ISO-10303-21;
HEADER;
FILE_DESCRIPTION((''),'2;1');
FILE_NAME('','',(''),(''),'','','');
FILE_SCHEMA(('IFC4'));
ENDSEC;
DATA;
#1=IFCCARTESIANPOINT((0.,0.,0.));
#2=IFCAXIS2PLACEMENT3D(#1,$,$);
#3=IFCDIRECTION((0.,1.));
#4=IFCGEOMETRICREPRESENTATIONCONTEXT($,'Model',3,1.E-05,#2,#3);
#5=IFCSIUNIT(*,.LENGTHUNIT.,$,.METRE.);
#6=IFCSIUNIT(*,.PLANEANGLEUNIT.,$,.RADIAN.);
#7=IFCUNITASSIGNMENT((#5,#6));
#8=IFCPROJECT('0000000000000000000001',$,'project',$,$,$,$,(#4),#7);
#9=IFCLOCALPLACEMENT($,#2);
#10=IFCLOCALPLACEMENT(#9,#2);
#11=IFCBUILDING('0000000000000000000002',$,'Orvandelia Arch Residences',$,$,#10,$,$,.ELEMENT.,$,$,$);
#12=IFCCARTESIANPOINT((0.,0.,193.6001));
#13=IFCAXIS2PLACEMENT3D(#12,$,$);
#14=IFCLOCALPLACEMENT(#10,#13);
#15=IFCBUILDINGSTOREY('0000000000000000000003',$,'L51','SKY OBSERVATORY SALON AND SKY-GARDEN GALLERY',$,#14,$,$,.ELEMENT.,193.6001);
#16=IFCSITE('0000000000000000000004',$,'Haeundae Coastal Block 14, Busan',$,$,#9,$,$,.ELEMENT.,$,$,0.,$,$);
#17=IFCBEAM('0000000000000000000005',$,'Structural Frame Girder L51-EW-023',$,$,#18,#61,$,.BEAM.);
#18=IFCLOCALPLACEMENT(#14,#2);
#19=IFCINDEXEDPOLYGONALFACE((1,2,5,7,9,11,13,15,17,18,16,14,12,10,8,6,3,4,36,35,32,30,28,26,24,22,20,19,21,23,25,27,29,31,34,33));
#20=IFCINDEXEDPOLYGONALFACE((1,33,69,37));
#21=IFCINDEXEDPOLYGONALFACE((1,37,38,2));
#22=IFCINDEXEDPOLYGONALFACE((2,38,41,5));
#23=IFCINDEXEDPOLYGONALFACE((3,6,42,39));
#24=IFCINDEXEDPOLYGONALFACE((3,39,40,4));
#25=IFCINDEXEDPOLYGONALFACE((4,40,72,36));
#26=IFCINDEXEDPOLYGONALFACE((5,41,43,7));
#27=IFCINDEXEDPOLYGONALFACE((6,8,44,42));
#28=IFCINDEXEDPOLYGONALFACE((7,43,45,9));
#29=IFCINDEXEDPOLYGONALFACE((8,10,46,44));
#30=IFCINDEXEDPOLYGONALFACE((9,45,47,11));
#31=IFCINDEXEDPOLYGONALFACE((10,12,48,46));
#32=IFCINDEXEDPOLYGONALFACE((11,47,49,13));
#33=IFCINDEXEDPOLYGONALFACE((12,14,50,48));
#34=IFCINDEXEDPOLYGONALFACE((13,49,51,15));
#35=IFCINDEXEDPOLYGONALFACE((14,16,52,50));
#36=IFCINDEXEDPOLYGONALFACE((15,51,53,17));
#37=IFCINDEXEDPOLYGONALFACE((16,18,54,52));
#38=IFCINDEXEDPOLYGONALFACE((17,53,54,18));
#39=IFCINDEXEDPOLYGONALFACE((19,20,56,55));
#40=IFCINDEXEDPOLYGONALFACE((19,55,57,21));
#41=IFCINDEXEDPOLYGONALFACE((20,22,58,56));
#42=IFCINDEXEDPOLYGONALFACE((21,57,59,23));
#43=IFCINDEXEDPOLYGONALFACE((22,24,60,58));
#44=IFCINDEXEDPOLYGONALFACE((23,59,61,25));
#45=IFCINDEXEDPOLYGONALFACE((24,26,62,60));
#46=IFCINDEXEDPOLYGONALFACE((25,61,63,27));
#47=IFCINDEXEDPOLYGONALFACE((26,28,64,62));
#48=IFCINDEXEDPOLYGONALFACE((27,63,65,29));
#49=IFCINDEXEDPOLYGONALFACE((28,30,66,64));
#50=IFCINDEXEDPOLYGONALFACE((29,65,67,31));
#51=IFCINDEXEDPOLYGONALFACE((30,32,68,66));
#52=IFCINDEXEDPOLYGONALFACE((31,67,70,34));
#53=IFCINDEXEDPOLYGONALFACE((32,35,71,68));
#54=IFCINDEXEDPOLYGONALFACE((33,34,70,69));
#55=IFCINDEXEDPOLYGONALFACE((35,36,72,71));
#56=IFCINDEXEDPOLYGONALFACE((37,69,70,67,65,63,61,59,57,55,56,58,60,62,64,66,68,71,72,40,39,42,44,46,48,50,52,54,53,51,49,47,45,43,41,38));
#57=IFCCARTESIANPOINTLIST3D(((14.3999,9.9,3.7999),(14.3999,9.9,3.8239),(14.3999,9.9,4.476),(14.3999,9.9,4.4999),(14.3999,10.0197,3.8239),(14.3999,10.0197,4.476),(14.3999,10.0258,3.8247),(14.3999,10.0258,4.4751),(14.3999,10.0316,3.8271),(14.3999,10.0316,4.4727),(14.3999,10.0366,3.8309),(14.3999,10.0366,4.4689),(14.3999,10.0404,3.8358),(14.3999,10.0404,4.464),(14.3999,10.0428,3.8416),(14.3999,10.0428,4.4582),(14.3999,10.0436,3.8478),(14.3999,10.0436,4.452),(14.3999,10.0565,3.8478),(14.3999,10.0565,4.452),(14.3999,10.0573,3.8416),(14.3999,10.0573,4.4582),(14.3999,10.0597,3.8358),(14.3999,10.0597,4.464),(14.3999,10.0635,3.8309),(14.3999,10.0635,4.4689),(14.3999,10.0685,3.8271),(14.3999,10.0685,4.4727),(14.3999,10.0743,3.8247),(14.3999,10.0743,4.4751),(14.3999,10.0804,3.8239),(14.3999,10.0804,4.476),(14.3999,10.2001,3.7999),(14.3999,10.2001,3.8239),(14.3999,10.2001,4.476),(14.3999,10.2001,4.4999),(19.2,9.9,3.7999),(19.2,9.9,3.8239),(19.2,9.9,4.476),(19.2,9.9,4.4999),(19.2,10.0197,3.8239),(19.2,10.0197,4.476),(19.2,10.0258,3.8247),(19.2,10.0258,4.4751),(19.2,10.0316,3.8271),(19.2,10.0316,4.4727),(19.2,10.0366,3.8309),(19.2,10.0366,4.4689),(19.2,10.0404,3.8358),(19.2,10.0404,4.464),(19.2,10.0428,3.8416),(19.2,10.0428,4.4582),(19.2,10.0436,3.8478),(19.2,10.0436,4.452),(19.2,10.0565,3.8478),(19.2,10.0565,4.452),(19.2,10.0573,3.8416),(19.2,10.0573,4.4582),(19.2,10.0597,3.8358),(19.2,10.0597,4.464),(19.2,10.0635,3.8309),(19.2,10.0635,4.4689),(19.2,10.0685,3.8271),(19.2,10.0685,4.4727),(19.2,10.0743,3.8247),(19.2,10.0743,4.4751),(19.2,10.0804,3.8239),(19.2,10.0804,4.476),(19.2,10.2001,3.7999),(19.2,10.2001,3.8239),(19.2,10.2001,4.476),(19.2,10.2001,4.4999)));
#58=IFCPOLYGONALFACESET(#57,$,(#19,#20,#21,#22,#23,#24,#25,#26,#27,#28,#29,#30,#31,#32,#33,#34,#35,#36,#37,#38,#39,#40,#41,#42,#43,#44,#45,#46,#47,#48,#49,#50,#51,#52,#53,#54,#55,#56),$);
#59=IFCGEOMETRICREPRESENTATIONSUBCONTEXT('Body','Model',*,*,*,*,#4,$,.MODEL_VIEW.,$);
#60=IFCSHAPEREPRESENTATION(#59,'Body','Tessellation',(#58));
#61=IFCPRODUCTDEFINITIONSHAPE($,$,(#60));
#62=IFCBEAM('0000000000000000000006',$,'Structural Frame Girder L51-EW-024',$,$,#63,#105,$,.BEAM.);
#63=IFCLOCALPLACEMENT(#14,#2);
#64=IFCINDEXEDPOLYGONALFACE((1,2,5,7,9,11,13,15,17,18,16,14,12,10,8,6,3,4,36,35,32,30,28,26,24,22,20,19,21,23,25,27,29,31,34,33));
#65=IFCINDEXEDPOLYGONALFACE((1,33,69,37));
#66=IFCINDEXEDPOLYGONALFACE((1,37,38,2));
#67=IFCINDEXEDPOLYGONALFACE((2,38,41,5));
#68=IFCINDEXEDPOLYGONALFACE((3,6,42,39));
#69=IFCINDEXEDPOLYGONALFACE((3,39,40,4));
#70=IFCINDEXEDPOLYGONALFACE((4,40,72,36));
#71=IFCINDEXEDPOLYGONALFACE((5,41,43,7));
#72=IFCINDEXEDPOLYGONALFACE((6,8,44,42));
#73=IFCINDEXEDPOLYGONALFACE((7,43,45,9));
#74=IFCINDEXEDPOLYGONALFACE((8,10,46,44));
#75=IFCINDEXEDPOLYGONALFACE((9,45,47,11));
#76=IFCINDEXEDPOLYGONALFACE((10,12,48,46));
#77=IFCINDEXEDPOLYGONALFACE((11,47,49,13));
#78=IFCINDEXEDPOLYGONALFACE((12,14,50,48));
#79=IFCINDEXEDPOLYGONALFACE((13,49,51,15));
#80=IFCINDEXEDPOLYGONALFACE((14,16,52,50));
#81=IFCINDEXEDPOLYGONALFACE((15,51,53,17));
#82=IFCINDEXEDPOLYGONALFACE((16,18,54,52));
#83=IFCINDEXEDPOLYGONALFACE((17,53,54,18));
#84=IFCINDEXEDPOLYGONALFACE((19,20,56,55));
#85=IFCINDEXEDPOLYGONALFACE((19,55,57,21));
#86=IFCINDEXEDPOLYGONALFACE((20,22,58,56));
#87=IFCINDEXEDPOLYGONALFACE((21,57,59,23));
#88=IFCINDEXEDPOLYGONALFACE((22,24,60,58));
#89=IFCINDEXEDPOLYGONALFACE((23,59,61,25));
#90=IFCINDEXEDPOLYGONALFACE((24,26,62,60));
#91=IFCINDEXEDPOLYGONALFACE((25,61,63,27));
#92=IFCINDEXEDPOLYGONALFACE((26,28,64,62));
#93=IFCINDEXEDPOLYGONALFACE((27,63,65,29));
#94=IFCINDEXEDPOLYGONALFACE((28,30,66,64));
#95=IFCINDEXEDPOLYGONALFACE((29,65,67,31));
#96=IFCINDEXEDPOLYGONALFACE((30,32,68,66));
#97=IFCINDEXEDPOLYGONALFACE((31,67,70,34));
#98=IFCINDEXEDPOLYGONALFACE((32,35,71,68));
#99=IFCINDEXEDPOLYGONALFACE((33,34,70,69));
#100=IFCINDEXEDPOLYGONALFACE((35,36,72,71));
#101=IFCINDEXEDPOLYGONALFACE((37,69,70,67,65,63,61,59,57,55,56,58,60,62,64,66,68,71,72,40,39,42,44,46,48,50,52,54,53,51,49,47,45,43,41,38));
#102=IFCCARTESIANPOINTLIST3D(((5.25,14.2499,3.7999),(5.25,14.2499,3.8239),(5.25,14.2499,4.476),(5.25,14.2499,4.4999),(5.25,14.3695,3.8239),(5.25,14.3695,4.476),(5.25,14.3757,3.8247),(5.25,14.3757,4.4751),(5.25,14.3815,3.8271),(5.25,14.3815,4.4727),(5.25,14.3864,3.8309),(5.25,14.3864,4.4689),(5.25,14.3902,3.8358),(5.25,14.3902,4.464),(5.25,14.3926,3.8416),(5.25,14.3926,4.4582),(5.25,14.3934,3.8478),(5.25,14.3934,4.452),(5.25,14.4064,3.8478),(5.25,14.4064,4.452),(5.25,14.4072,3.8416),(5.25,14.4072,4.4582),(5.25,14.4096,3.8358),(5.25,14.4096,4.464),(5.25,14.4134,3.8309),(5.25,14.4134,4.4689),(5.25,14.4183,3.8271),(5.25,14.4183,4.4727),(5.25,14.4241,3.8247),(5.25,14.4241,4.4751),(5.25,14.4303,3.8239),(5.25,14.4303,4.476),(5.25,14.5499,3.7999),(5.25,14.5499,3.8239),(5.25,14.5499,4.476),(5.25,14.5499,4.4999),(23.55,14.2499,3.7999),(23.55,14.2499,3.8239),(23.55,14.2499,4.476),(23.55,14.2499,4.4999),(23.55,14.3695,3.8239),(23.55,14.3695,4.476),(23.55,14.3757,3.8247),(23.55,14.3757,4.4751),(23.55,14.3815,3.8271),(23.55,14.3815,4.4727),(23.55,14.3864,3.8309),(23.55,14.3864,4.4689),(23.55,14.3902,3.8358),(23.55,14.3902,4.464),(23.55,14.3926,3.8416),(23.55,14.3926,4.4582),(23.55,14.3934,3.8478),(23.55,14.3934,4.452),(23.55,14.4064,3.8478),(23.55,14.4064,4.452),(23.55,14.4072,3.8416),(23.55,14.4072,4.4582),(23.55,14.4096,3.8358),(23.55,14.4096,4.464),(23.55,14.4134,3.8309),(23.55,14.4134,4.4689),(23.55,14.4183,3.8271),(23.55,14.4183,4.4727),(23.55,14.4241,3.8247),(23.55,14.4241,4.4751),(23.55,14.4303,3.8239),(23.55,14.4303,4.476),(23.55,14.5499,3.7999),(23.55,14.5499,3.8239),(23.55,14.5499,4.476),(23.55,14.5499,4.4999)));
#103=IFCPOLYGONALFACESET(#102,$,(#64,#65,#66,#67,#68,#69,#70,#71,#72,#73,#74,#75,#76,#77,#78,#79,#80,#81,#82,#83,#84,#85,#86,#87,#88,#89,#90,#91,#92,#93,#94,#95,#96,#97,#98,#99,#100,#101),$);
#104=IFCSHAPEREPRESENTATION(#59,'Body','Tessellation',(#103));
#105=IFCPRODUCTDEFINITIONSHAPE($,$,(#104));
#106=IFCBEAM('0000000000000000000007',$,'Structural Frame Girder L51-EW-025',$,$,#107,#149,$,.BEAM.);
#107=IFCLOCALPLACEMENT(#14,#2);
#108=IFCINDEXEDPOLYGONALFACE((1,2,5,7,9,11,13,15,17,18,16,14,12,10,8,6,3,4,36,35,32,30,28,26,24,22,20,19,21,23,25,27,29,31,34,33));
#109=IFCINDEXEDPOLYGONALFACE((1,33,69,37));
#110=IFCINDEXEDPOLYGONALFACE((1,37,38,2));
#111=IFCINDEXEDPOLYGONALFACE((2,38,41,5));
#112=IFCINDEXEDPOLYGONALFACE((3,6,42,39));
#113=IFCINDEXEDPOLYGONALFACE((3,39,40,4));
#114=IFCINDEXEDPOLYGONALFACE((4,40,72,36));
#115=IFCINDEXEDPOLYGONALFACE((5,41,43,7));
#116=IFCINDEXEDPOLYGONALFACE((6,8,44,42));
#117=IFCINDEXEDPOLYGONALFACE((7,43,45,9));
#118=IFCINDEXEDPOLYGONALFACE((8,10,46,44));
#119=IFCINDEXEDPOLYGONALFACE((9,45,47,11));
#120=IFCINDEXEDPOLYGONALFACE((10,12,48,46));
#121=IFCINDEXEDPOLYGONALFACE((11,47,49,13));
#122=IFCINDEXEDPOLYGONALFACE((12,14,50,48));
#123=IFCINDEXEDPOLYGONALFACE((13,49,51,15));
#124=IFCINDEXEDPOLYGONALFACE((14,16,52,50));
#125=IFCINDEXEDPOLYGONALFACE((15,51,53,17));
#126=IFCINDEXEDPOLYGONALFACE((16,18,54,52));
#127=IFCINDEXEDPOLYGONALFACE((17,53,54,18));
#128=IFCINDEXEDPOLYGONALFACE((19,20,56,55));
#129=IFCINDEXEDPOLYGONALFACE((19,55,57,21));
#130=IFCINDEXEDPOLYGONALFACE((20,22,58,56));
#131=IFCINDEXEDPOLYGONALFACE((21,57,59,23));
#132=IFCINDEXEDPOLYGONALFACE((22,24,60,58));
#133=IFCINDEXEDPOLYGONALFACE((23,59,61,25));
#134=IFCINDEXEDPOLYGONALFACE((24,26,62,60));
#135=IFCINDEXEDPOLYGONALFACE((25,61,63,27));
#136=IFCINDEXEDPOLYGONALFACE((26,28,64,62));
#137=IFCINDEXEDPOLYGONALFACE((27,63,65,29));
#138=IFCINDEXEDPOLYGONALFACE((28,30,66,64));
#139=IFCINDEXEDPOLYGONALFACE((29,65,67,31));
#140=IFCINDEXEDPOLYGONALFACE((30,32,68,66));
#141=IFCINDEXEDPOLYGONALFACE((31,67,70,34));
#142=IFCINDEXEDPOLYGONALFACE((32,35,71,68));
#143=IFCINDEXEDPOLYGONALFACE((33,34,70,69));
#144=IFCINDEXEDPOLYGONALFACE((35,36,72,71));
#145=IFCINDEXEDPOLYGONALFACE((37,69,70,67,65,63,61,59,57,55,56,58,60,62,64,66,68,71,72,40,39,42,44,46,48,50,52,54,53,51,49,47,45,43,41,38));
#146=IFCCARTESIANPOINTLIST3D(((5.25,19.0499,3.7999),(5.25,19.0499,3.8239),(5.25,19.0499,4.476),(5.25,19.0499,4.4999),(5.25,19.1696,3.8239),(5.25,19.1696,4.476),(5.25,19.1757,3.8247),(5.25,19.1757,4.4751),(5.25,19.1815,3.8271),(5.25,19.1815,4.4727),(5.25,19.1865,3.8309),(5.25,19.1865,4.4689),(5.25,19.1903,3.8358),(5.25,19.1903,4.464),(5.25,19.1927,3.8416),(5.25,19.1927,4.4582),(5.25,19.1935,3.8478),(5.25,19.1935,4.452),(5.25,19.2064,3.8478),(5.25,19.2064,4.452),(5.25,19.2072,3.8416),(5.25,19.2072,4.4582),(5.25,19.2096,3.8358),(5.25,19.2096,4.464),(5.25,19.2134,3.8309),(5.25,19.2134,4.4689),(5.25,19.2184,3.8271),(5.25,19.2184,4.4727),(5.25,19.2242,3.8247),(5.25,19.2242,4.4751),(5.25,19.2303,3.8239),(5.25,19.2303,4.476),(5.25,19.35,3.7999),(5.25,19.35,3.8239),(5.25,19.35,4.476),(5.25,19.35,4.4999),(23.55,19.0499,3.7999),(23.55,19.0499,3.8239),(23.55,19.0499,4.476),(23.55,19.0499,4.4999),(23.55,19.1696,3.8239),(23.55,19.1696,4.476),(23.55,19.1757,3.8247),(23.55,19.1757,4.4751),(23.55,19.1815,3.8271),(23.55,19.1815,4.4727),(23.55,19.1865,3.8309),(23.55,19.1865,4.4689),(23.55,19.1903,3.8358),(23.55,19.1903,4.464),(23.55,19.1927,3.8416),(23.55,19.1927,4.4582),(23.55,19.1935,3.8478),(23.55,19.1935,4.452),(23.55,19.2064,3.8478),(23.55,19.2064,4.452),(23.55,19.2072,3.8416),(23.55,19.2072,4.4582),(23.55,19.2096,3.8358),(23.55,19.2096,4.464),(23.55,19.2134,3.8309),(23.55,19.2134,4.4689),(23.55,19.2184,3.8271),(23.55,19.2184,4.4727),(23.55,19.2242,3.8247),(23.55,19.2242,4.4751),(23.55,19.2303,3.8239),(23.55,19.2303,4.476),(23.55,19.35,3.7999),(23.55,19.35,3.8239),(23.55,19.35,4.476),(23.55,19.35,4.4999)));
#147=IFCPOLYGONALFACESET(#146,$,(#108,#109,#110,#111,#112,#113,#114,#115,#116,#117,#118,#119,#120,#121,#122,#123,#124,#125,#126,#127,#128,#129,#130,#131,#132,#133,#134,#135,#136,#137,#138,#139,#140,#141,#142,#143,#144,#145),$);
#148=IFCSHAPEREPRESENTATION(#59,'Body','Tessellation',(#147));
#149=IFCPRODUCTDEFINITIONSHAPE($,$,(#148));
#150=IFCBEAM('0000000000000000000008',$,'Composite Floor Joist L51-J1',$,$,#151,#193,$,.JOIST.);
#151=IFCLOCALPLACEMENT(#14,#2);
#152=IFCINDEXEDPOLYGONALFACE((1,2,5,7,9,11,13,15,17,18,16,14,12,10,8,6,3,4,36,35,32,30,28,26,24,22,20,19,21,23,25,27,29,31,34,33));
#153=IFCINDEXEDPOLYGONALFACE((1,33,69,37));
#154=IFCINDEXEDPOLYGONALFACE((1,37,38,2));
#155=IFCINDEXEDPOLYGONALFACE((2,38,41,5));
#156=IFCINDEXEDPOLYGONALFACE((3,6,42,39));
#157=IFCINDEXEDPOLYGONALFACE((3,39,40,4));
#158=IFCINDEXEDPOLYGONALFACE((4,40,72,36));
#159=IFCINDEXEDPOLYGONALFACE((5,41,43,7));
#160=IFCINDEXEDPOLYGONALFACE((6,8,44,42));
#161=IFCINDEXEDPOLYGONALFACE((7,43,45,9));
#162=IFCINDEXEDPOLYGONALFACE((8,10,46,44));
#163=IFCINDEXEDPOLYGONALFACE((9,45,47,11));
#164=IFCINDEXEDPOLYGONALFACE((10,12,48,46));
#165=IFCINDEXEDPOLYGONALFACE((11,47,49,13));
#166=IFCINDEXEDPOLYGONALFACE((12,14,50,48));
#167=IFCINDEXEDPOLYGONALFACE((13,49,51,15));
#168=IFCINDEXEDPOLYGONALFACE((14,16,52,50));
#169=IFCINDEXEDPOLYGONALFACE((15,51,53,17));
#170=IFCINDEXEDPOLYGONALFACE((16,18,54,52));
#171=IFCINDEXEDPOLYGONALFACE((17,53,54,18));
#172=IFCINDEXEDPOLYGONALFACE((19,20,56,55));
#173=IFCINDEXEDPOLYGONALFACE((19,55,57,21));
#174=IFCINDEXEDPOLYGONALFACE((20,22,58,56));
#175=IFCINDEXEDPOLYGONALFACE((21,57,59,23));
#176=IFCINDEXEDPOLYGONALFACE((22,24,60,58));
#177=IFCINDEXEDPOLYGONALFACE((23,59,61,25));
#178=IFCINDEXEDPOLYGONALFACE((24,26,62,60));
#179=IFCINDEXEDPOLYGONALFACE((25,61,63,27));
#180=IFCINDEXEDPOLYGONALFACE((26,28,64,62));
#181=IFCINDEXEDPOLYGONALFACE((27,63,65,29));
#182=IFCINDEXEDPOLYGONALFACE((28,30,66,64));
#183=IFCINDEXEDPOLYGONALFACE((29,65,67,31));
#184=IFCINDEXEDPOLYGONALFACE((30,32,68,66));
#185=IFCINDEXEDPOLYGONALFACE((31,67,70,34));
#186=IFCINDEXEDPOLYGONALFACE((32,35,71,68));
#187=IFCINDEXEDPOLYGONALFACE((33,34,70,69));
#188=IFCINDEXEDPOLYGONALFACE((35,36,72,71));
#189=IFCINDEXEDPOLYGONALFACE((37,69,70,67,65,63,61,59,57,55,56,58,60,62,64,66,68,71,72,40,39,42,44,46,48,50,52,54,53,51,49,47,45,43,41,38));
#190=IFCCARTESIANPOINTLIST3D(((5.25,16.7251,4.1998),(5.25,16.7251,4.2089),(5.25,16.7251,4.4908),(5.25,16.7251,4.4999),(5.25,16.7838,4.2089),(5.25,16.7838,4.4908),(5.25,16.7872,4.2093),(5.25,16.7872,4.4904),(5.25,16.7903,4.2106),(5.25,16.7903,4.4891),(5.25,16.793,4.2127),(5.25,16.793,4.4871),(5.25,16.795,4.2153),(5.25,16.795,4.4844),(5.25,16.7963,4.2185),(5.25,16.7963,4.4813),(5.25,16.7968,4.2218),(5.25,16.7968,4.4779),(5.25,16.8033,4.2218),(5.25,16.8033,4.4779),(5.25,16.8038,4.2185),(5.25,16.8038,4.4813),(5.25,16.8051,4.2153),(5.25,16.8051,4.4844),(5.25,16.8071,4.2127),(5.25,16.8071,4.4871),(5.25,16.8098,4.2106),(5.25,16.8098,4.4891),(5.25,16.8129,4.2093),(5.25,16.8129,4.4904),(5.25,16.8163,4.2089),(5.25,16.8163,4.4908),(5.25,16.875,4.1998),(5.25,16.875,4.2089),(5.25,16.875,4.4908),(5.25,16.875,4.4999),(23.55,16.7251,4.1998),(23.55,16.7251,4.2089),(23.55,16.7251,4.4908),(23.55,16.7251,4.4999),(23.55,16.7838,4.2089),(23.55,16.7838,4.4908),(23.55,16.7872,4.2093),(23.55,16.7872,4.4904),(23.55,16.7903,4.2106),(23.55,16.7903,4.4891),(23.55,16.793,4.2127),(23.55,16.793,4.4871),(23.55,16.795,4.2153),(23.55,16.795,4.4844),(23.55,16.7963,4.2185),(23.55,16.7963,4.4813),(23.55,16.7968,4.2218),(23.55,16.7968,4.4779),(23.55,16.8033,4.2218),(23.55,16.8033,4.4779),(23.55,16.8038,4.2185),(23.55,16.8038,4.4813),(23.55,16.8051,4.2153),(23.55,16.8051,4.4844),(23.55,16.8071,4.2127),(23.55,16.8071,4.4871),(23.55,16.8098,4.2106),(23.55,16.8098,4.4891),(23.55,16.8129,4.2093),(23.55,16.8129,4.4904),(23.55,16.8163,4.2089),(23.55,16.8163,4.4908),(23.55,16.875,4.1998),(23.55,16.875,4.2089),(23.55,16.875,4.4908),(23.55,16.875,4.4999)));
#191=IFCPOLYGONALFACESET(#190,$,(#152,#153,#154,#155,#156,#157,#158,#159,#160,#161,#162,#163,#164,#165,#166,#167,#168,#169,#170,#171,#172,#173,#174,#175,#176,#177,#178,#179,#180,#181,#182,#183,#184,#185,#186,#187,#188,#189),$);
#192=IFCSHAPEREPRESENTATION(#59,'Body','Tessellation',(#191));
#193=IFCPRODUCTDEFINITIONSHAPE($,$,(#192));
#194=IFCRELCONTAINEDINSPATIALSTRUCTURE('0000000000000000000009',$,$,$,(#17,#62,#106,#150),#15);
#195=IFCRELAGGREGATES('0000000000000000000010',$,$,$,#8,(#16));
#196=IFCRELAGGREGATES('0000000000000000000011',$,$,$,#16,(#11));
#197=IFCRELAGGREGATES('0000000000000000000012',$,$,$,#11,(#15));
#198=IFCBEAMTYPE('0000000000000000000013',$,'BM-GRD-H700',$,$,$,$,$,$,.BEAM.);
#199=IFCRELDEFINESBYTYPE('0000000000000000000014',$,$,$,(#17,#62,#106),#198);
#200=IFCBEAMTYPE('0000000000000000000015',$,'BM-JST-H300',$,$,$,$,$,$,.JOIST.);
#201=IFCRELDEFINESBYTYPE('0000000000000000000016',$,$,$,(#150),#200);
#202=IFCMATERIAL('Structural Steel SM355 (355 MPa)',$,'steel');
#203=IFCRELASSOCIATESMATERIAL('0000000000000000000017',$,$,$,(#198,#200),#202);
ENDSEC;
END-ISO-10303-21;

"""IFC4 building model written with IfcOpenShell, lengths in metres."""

from ifc_helpers import new_model, si_unit, direction, frame, origin, origin_2d, place, context, subcontext, project, spatial, i_section, extrude, material, material_profile, profile_set, type_object, element, save


model = new_model("IFC4")

# Units and contexts
model_context = context("Model", 3, precision=1e-05, world=origin(), true_north=direction((0.0, 1.0)))
body_context = subcontext(model_context, "Body", "Model", "MODEL_VIEW")
ifc_project = project(units=[si_unit("LENGTHUNIT", "METRE"), si_unit("PLANEANGLEUNIT", "RADIAN")], contexts=[model_context])

# Site, building, storey
site_placement = place(None, origin())
site = spatial("IfcSite", under=ifc_project, at=site_placement, Name="Haeundae Coastal Block 14, Busan", CompositionType="ELEMENT", RefElevation=0.0)
building_placement = place(site_placement, origin())
building = spatial("IfcBuilding", under=site, at=building_placement, Name="Orvandelia Arch Residences", CompositionType="ELEMENT")
storey_placement = place(building_placement, frame((0.0, 0.0, 193.6001)))
storey = spatial("IfcBuildingStorey", under=building, at=storey_placement, Name="L51", Description="SKY OBSERVATORY SALON AND SKY-GARDEN GALLERY", CompositionType="ELEMENT", Elevation=193.6001)

# Beams
ifc_material_1 = material(Name="Structural Steel SM355 (355 MPa)", Category="steel")
ifc_material_profile_1 = material_profile(ifc_material_1, i_section(OverallWidth=0.3, OverallDepth=0.7, WebThickness=0.0129, FlangeThickness=0.0239, FilletRadius=0.0239, at=origin_2d()), Name="Structural Steel SM355 (355 MPa)", Category="steel")
ifc_profile_set_1 = profile_set([ifc_material_profile_1], Name="Structural Steel SM355 (355 MPa)")
beam_type_1 = type_object("IfcBeamType", Name="BM-GRD-H700", PredefinedType="BEAM", material=ifc_profile_set_1)
beam_1_placement = place(storey_placement, frame((14.3999, 10.05, 4.1499), z_axis=(1.0, 0.0, 0.0), x_axis=(0.0, 1.0, 0.0)))
element("IfcBeam", 1, at=beam_1_placement, inside=storey, type_object=beam_type_1, Name="Structural Frame Girder L51-EW-023", PredefinedType="BEAM", context=body_context, shape_type="SweptSolid", body=[
    extrude(i_section(OverallWidth=0.3, OverallDepth=0.7, WebThickness=0.0129, FlangeThickness=0.0239, FilletRadius=0.0239, at=origin_2d()), origin(), (0.0, 0.0, 1.0), 4.8),
])
for number, where, z_axis, x_axis, name in (
    (2, (5.25, 14.3999, 4.1499), (1.0, 0.0, 0.0), (0.0, 1.0, 0.0), "Structural Frame Girder L51-EW-024"),
    (3, (5.25, 19.2, 4.1499), (1.0, 0.0, 0.0), (0.0, 1.0, 0.0), "Structural Frame Girder L51-EW-025"),
):
    element("IfcBeam", number, at=place(storey_placement, frame(where, z_axis=z_axis, x_axis=x_axis)), inside=storey, type_object=beam_type_1, Name=name, PredefinedType="BEAM", context=body_context, shape_type="SweptSolid", body=[
        extrude(i_section(OverallWidth=0.3, OverallDepth=0.7, WebThickness=0.0129, FlangeThickness=0.0239, FilletRadius=0.0239, at=origin_2d()), origin(), (0.0, 0.0, 1.0), 18.3),
    ])
ifc_material_profile_2 = material_profile(ifc_material_1, i_section(OverallWidth=0.1499, OverallDepth=0.3, WebThickness=0.0066, FlangeThickness=0.009, FilletRadius=0.0129, at=origin_2d()), Name="Structural Steel SM355 (355 MPa)", Category="steel")
ifc_profile_set_2 = profile_set([ifc_material_profile_2], Name="Structural Steel SM355 (355 MPa)")
beam_type_2 = type_object("IfcBeamType", Name="BM-JST-H300", PredefinedType="JOIST", material=ifc_profile_set_2)
beam_2_placement = place(storey_placement, frame((5.25, 16.8, 4.3499), z_axis=(1.0, 0.0, 0.0), x_axis=(0.0, 1.0, 0.0)))
element("IfcBeam", 4, at=beam_2_placement, inside=storey, type_object=beam_type_2, Name="Composite Floor Joist L51-J1", PredefinedType="JOIST", context=body_context, shape_type="SweptSolid", body=[
    extrude(i_section(OverallWidth=0.1499, OverallDepth=0.3, WebThickness=0.0066, FlangeThickness=0.009, FilletRadius=0.0129, at=origin_2d()), origin(), (0.0, 0.0, 1.0), 18.3),
])

save(model, "model.ifc")
